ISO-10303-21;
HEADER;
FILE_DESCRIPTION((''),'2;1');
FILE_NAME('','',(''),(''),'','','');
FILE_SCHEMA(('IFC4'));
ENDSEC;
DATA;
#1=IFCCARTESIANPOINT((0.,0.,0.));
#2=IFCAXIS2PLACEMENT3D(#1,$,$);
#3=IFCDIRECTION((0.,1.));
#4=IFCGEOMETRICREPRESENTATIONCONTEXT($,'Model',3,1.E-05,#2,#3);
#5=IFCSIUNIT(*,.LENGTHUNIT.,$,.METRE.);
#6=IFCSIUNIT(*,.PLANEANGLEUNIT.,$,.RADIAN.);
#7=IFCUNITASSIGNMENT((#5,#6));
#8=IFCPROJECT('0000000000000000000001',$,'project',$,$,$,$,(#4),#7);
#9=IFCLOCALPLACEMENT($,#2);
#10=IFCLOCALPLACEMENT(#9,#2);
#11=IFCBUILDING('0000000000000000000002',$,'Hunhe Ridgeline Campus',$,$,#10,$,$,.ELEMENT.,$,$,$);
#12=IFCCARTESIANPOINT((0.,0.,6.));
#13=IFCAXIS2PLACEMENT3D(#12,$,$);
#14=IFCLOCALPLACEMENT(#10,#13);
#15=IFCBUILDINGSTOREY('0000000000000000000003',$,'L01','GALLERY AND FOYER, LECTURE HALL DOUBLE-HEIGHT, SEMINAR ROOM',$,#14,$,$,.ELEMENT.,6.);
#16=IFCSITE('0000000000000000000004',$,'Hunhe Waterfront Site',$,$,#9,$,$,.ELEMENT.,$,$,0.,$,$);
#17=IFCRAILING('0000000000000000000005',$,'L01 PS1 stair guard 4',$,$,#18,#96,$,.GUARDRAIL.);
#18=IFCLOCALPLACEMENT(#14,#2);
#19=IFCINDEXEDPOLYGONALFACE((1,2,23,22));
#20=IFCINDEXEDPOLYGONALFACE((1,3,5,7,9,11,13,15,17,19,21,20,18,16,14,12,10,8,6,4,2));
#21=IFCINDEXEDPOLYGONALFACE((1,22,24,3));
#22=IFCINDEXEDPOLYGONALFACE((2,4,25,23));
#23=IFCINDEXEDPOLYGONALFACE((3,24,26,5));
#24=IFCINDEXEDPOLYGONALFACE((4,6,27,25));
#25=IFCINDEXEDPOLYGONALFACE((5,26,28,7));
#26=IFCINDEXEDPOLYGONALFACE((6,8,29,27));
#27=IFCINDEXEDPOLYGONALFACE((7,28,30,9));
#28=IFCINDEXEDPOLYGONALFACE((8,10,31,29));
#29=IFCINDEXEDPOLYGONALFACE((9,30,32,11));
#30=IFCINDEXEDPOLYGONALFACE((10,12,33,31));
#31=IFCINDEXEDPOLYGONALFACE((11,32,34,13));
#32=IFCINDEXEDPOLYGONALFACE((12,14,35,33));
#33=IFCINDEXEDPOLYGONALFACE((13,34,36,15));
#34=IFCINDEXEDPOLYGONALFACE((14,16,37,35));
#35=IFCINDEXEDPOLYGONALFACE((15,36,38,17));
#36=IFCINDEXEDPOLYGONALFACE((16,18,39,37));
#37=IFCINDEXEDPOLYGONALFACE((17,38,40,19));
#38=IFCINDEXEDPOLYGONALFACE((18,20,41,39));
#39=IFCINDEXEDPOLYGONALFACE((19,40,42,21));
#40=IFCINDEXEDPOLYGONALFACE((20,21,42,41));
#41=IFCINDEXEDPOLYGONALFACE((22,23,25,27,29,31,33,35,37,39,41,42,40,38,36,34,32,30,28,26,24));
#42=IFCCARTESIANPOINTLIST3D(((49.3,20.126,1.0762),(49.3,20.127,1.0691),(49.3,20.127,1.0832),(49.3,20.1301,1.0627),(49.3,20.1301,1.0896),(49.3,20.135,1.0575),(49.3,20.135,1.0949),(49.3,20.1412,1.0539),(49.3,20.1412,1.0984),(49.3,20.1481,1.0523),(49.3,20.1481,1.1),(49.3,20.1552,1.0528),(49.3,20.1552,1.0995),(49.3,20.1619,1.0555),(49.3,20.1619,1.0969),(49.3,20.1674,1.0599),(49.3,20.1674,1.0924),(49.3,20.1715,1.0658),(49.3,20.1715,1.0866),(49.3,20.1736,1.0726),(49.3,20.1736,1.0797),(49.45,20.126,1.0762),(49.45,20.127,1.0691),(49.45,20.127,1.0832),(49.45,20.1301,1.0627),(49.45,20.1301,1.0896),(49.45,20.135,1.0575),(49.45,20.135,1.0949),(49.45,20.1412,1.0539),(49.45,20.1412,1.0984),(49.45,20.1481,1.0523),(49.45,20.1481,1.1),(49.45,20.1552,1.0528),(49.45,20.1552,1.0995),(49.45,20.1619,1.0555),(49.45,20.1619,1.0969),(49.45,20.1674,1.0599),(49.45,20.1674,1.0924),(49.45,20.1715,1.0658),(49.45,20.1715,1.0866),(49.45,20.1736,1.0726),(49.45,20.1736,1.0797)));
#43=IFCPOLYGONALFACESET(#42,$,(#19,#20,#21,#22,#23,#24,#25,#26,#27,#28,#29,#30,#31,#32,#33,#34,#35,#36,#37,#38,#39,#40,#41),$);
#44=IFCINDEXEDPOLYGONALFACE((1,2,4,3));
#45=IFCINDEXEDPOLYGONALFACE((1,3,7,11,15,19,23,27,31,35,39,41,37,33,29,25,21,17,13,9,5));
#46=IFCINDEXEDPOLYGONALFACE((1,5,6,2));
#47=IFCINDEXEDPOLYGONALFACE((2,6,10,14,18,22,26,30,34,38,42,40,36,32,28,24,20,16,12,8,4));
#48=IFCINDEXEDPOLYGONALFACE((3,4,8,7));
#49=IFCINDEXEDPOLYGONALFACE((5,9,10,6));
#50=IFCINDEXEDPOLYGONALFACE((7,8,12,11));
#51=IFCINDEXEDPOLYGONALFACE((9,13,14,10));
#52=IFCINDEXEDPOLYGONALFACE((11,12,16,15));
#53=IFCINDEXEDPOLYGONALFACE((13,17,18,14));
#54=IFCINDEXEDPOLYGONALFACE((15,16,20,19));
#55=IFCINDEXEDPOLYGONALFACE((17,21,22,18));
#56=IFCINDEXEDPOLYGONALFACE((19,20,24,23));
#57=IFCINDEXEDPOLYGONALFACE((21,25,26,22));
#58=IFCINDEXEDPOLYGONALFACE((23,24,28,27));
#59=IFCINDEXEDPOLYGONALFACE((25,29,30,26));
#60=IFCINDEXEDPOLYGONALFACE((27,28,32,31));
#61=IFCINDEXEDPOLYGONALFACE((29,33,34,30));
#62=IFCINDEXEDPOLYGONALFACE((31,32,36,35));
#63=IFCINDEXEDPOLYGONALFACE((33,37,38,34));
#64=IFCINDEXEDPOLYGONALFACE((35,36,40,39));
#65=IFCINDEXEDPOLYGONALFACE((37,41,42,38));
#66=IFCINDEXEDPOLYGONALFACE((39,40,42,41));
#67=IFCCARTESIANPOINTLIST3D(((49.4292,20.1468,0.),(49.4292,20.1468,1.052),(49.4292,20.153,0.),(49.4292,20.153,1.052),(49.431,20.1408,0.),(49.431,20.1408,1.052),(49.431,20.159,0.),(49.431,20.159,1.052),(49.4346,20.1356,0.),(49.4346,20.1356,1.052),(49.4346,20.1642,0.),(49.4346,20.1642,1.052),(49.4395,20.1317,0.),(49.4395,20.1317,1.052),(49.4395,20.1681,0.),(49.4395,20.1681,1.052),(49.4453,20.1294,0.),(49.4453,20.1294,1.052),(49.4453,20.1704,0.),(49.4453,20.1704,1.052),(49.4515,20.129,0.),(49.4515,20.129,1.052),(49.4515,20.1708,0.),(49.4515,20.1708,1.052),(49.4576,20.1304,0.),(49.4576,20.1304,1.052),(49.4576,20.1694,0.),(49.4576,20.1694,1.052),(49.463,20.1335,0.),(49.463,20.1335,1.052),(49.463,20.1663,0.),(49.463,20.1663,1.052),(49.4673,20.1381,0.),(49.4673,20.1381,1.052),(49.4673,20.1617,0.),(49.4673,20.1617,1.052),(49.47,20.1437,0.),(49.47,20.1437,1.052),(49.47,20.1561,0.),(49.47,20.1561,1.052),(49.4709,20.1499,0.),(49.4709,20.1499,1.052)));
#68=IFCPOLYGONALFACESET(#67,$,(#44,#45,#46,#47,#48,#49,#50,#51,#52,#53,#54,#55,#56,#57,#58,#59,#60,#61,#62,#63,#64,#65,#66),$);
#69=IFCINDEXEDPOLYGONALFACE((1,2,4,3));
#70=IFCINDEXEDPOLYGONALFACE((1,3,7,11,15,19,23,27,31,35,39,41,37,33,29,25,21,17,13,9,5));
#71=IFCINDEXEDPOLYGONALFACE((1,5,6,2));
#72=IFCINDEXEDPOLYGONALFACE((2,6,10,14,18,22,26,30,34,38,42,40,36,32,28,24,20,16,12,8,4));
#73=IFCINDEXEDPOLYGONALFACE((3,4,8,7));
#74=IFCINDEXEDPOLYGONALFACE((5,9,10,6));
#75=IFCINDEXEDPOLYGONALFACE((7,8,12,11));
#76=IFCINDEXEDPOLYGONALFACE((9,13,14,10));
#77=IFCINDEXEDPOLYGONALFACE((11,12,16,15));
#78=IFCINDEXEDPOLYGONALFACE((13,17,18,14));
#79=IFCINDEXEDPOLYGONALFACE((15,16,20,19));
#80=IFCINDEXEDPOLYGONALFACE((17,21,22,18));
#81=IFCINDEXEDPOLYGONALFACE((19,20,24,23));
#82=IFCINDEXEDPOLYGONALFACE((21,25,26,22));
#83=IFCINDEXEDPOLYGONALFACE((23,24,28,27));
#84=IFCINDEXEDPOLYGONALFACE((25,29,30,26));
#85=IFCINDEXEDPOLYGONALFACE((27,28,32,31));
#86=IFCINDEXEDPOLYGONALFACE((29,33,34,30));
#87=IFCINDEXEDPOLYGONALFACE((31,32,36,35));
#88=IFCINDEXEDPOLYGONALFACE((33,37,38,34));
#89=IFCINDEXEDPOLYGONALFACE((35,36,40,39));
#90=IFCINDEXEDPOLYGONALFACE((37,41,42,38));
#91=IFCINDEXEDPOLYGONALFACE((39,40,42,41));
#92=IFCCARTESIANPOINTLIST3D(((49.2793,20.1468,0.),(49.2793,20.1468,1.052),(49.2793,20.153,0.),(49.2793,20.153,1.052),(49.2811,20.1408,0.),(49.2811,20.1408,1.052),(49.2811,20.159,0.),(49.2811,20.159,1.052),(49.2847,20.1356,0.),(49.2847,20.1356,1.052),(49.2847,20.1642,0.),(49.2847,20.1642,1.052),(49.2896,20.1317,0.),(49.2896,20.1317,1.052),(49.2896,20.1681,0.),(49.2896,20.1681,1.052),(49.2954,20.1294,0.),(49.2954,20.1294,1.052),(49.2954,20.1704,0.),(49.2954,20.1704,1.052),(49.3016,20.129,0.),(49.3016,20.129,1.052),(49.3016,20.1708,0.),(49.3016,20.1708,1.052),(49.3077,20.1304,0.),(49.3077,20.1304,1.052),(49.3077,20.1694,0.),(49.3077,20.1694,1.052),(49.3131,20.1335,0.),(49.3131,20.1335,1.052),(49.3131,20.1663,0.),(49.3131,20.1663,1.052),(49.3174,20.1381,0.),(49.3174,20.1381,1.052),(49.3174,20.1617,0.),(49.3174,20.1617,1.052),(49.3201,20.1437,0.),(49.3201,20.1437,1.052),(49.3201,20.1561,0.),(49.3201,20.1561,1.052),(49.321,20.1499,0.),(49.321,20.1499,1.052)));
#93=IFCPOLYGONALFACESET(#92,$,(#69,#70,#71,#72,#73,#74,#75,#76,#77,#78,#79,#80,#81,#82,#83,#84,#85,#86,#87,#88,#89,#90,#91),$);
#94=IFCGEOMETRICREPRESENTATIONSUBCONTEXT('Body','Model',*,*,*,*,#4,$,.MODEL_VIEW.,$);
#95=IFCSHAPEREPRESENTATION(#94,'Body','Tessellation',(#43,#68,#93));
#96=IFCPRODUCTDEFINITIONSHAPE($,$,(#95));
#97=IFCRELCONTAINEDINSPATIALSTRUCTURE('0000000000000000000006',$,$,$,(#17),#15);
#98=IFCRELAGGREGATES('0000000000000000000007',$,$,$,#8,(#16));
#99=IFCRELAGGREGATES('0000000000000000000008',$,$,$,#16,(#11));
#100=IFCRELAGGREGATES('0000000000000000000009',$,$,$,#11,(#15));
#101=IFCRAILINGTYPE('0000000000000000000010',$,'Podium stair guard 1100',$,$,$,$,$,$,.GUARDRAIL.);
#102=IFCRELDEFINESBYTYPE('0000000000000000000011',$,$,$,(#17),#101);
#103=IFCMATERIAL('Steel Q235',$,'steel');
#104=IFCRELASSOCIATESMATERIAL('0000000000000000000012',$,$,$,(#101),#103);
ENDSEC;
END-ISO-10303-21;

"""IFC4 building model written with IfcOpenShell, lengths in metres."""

from ifc_helpers import new_model, si_unit, direction, frame, origin, origin_2d, place, context, subcontext, project, spatial, circle, extrude, material, type_object, element, save


model = new_model("IFC4")

# Units and contexts
model_context = context("Model", 3, precision=1e-05, world=origin(), true_north=direction((0.0, 1.0)))
body_context = subcontext(model_context, "Body", "Model", "MODEL_VIEW")
ifc_project = project(units=[si_unit("LENGTHUNIT", "METRE"), si_unit("PLANEANGLEUNIT", "RADIAN")], contexts=[model_context])

# Site, building, storey
site_placement = place(None, origin())
site = spatial("IfcSite", under=ifc_project, at=site_placement, Name="Hunhe Waterfront Site", CompositionType="ELEMENT", RefElevation=0.0)
building_placement = place(site_placement, origin())
building = spatial("IfcBuilding", under=site, at=building_placement, Name="Hunhe Ridgeline Campus", CompositionType="ELEMENT")
storey_placement = place(building_placement, frame((0.0, 0.0, 6.0)))
storey = spatial("IfcBuildingStorey", under=building, at=storey_placement, Name="L01", Description="GALLERY AND FOYER, LECTURE HALL DOUBLE-HEIGHT, SEMINAR ROOM", CompositionType="ELEMENT", Elevation=6.0)

# Shared definitions
ifc_material_1 = material(Name="Steel Q235", Category="steel")

# Railing
railing_type_1 = type_object("IfcRailingType", Name="Podium stair guard 1100", PredefinedType="GUARDRAIL", material=ifc_material_1)
railing_1_placement = place(storey_placement, frame((49.45, 20.1499, 0.0)))
element("IfcRailing", 1, at=railing_1_placement, inside=storey, type_object=railing_type_1, Name="L01 PS1 stair guard 4", PredefinedType="GUARDRAIL", context=body_context, shape_type="SweptSolid", body=[
    extrude(circle(Radius=0.0239, at=origin_2d()), frame((0.0, 0.0, 1.0762), z_axis=(-1.0, 0.0, 0.0), x_axis=(0.0, -1.0, 0.0)), (0.0, 0.0, 1.0), 0.1499),
    extrude(circle(Radius=0.021, at=origin_2d()), origin(), (0.0, 0.0, 1.0), 1.052),
    extrude(circle(Radius=0.021, at=origin_2d()), frame((-0.1499, 0.0, 0.0)), (0.0, 0.0, 1.0), 1.052),
])

save(model, "model.ifc")
